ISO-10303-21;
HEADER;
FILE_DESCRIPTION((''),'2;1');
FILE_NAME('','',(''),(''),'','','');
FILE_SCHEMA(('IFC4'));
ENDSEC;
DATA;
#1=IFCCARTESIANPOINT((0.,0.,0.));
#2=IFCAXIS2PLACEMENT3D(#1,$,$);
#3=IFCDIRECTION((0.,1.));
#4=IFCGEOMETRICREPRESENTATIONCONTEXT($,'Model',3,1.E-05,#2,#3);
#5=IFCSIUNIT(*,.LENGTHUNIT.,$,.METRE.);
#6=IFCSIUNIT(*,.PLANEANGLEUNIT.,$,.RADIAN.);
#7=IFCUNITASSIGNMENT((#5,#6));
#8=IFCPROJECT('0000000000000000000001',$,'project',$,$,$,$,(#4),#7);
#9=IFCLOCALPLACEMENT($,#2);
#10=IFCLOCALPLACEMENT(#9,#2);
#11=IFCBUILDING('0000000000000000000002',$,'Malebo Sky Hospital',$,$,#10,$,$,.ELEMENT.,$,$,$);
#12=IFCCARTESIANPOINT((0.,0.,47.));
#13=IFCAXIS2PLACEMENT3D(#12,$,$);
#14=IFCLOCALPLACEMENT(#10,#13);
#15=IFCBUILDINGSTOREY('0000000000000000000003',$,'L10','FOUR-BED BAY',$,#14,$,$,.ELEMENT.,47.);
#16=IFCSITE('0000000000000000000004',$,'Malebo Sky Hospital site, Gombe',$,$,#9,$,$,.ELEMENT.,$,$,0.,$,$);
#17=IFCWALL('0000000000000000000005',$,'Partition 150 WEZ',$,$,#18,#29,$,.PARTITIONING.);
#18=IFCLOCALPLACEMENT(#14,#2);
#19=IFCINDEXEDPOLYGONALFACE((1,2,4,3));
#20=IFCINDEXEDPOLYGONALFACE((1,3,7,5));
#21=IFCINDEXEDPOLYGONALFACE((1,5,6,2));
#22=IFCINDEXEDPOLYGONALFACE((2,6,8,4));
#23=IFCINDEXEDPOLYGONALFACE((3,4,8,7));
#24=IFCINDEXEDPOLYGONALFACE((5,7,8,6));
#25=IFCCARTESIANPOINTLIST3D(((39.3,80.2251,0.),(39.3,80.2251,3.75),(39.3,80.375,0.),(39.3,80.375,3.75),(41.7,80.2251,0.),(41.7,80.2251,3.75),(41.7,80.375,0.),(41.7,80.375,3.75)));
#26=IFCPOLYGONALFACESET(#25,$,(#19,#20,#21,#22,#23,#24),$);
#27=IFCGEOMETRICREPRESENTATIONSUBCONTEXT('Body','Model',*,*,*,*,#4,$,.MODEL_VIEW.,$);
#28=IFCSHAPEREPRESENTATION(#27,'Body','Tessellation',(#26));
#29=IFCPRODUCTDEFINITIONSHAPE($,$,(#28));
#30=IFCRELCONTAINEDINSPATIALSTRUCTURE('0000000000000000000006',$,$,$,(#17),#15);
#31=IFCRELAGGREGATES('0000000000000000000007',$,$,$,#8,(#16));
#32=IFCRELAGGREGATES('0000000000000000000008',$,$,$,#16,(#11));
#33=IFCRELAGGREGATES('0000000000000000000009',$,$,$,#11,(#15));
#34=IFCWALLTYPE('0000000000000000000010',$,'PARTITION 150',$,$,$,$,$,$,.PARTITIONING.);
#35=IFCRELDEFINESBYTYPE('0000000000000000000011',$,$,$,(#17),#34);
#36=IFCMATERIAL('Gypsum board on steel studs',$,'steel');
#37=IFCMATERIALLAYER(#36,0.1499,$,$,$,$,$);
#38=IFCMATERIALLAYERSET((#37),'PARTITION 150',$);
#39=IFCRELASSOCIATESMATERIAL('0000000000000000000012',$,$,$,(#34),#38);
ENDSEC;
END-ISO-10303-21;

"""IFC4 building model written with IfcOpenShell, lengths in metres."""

from ifc_helpers import new_model, si_unit, direction, frame, frame_2d, origin, place, context, subcontext, project, spatial, rectangle, extrude, material, layer, layer_set, type_object, element, save


model = new_model("IFC4")

# Units and contexts
model_context = context("Model", 3, precision=1e-05, world=origin(), true_north=direction((0.0, 1.0)))
body_context = subcontext(model_context, "Body", "Model", "MODEL_VIEW")
ifc_project = project(units=[si_unit("LENGTHUNIT", "METRE"), si_unit("PLANEANGLEUNIT", "RADIAN")], contexts=[model_context])

# Site, building, storey
site_placement = place(None, origin())
site = spatial("IfcSite", under=ifc_project, at=site_placement, Name="Malebo Sky Hospital site, Gombe", CompositionType="ELEMENT", RefElevation=0.0)
building_placement = place(site_placement, origin())
building = spatial("IfcBuilding", under=site, at=building_placement, Name="Malebo Sky Hospital", CompositionType="ELEMENT")
storey_placement = place(building_placement, frame((0.0, 0.0, 47.0)))
storey = spatial("IfcBuildingStorey", under=building, at=storey_placement, Name="L10", Description="FOUR-BED BAY", CompositionType="ELEMENT", Elevation=47.0)

# Shared definitions
ifc_material_1 = material(Name="Gypsum board on steel studs", Category="steel")

# Shared definitions
ifc_layer_1 = layer(ifc_material_1, 0.1499)
ifc_layer_set_1 = layer_set([ifc_layer_1], Name="PARTITION 150")
wall_type_1 = type_object("IfcWallType", Name="PARTITION 150", PredefinedType="PARTITIONING", material=ifc_layer_set_1)

# Wall
for number, where, z_axis, x_axis, name in (
    (1, (41.7, 80.3, 0.0), (0.0, 0.0, 1.0), (-1.0, 0.0, 0.0), "Partition 150 WEZ"),
):
    element("IfcWall", number, at=place(storey_placement, frame(where, z_axis=z_axis, x_axis=x_axis)), inside=storey, type_object=wall_type_1, Name=name, PredefinedType="PARTITIONING", context=body_context, shape_type="SweptSolid", body=[
        extrude(rectangle(XDim=2.3999, YDim=0.1499, at=frame_2d((1.2, 0.0))), origin(), (0.0, 0.0, 1.0), 3.75),
    ])

save(model, "model.ifc")
